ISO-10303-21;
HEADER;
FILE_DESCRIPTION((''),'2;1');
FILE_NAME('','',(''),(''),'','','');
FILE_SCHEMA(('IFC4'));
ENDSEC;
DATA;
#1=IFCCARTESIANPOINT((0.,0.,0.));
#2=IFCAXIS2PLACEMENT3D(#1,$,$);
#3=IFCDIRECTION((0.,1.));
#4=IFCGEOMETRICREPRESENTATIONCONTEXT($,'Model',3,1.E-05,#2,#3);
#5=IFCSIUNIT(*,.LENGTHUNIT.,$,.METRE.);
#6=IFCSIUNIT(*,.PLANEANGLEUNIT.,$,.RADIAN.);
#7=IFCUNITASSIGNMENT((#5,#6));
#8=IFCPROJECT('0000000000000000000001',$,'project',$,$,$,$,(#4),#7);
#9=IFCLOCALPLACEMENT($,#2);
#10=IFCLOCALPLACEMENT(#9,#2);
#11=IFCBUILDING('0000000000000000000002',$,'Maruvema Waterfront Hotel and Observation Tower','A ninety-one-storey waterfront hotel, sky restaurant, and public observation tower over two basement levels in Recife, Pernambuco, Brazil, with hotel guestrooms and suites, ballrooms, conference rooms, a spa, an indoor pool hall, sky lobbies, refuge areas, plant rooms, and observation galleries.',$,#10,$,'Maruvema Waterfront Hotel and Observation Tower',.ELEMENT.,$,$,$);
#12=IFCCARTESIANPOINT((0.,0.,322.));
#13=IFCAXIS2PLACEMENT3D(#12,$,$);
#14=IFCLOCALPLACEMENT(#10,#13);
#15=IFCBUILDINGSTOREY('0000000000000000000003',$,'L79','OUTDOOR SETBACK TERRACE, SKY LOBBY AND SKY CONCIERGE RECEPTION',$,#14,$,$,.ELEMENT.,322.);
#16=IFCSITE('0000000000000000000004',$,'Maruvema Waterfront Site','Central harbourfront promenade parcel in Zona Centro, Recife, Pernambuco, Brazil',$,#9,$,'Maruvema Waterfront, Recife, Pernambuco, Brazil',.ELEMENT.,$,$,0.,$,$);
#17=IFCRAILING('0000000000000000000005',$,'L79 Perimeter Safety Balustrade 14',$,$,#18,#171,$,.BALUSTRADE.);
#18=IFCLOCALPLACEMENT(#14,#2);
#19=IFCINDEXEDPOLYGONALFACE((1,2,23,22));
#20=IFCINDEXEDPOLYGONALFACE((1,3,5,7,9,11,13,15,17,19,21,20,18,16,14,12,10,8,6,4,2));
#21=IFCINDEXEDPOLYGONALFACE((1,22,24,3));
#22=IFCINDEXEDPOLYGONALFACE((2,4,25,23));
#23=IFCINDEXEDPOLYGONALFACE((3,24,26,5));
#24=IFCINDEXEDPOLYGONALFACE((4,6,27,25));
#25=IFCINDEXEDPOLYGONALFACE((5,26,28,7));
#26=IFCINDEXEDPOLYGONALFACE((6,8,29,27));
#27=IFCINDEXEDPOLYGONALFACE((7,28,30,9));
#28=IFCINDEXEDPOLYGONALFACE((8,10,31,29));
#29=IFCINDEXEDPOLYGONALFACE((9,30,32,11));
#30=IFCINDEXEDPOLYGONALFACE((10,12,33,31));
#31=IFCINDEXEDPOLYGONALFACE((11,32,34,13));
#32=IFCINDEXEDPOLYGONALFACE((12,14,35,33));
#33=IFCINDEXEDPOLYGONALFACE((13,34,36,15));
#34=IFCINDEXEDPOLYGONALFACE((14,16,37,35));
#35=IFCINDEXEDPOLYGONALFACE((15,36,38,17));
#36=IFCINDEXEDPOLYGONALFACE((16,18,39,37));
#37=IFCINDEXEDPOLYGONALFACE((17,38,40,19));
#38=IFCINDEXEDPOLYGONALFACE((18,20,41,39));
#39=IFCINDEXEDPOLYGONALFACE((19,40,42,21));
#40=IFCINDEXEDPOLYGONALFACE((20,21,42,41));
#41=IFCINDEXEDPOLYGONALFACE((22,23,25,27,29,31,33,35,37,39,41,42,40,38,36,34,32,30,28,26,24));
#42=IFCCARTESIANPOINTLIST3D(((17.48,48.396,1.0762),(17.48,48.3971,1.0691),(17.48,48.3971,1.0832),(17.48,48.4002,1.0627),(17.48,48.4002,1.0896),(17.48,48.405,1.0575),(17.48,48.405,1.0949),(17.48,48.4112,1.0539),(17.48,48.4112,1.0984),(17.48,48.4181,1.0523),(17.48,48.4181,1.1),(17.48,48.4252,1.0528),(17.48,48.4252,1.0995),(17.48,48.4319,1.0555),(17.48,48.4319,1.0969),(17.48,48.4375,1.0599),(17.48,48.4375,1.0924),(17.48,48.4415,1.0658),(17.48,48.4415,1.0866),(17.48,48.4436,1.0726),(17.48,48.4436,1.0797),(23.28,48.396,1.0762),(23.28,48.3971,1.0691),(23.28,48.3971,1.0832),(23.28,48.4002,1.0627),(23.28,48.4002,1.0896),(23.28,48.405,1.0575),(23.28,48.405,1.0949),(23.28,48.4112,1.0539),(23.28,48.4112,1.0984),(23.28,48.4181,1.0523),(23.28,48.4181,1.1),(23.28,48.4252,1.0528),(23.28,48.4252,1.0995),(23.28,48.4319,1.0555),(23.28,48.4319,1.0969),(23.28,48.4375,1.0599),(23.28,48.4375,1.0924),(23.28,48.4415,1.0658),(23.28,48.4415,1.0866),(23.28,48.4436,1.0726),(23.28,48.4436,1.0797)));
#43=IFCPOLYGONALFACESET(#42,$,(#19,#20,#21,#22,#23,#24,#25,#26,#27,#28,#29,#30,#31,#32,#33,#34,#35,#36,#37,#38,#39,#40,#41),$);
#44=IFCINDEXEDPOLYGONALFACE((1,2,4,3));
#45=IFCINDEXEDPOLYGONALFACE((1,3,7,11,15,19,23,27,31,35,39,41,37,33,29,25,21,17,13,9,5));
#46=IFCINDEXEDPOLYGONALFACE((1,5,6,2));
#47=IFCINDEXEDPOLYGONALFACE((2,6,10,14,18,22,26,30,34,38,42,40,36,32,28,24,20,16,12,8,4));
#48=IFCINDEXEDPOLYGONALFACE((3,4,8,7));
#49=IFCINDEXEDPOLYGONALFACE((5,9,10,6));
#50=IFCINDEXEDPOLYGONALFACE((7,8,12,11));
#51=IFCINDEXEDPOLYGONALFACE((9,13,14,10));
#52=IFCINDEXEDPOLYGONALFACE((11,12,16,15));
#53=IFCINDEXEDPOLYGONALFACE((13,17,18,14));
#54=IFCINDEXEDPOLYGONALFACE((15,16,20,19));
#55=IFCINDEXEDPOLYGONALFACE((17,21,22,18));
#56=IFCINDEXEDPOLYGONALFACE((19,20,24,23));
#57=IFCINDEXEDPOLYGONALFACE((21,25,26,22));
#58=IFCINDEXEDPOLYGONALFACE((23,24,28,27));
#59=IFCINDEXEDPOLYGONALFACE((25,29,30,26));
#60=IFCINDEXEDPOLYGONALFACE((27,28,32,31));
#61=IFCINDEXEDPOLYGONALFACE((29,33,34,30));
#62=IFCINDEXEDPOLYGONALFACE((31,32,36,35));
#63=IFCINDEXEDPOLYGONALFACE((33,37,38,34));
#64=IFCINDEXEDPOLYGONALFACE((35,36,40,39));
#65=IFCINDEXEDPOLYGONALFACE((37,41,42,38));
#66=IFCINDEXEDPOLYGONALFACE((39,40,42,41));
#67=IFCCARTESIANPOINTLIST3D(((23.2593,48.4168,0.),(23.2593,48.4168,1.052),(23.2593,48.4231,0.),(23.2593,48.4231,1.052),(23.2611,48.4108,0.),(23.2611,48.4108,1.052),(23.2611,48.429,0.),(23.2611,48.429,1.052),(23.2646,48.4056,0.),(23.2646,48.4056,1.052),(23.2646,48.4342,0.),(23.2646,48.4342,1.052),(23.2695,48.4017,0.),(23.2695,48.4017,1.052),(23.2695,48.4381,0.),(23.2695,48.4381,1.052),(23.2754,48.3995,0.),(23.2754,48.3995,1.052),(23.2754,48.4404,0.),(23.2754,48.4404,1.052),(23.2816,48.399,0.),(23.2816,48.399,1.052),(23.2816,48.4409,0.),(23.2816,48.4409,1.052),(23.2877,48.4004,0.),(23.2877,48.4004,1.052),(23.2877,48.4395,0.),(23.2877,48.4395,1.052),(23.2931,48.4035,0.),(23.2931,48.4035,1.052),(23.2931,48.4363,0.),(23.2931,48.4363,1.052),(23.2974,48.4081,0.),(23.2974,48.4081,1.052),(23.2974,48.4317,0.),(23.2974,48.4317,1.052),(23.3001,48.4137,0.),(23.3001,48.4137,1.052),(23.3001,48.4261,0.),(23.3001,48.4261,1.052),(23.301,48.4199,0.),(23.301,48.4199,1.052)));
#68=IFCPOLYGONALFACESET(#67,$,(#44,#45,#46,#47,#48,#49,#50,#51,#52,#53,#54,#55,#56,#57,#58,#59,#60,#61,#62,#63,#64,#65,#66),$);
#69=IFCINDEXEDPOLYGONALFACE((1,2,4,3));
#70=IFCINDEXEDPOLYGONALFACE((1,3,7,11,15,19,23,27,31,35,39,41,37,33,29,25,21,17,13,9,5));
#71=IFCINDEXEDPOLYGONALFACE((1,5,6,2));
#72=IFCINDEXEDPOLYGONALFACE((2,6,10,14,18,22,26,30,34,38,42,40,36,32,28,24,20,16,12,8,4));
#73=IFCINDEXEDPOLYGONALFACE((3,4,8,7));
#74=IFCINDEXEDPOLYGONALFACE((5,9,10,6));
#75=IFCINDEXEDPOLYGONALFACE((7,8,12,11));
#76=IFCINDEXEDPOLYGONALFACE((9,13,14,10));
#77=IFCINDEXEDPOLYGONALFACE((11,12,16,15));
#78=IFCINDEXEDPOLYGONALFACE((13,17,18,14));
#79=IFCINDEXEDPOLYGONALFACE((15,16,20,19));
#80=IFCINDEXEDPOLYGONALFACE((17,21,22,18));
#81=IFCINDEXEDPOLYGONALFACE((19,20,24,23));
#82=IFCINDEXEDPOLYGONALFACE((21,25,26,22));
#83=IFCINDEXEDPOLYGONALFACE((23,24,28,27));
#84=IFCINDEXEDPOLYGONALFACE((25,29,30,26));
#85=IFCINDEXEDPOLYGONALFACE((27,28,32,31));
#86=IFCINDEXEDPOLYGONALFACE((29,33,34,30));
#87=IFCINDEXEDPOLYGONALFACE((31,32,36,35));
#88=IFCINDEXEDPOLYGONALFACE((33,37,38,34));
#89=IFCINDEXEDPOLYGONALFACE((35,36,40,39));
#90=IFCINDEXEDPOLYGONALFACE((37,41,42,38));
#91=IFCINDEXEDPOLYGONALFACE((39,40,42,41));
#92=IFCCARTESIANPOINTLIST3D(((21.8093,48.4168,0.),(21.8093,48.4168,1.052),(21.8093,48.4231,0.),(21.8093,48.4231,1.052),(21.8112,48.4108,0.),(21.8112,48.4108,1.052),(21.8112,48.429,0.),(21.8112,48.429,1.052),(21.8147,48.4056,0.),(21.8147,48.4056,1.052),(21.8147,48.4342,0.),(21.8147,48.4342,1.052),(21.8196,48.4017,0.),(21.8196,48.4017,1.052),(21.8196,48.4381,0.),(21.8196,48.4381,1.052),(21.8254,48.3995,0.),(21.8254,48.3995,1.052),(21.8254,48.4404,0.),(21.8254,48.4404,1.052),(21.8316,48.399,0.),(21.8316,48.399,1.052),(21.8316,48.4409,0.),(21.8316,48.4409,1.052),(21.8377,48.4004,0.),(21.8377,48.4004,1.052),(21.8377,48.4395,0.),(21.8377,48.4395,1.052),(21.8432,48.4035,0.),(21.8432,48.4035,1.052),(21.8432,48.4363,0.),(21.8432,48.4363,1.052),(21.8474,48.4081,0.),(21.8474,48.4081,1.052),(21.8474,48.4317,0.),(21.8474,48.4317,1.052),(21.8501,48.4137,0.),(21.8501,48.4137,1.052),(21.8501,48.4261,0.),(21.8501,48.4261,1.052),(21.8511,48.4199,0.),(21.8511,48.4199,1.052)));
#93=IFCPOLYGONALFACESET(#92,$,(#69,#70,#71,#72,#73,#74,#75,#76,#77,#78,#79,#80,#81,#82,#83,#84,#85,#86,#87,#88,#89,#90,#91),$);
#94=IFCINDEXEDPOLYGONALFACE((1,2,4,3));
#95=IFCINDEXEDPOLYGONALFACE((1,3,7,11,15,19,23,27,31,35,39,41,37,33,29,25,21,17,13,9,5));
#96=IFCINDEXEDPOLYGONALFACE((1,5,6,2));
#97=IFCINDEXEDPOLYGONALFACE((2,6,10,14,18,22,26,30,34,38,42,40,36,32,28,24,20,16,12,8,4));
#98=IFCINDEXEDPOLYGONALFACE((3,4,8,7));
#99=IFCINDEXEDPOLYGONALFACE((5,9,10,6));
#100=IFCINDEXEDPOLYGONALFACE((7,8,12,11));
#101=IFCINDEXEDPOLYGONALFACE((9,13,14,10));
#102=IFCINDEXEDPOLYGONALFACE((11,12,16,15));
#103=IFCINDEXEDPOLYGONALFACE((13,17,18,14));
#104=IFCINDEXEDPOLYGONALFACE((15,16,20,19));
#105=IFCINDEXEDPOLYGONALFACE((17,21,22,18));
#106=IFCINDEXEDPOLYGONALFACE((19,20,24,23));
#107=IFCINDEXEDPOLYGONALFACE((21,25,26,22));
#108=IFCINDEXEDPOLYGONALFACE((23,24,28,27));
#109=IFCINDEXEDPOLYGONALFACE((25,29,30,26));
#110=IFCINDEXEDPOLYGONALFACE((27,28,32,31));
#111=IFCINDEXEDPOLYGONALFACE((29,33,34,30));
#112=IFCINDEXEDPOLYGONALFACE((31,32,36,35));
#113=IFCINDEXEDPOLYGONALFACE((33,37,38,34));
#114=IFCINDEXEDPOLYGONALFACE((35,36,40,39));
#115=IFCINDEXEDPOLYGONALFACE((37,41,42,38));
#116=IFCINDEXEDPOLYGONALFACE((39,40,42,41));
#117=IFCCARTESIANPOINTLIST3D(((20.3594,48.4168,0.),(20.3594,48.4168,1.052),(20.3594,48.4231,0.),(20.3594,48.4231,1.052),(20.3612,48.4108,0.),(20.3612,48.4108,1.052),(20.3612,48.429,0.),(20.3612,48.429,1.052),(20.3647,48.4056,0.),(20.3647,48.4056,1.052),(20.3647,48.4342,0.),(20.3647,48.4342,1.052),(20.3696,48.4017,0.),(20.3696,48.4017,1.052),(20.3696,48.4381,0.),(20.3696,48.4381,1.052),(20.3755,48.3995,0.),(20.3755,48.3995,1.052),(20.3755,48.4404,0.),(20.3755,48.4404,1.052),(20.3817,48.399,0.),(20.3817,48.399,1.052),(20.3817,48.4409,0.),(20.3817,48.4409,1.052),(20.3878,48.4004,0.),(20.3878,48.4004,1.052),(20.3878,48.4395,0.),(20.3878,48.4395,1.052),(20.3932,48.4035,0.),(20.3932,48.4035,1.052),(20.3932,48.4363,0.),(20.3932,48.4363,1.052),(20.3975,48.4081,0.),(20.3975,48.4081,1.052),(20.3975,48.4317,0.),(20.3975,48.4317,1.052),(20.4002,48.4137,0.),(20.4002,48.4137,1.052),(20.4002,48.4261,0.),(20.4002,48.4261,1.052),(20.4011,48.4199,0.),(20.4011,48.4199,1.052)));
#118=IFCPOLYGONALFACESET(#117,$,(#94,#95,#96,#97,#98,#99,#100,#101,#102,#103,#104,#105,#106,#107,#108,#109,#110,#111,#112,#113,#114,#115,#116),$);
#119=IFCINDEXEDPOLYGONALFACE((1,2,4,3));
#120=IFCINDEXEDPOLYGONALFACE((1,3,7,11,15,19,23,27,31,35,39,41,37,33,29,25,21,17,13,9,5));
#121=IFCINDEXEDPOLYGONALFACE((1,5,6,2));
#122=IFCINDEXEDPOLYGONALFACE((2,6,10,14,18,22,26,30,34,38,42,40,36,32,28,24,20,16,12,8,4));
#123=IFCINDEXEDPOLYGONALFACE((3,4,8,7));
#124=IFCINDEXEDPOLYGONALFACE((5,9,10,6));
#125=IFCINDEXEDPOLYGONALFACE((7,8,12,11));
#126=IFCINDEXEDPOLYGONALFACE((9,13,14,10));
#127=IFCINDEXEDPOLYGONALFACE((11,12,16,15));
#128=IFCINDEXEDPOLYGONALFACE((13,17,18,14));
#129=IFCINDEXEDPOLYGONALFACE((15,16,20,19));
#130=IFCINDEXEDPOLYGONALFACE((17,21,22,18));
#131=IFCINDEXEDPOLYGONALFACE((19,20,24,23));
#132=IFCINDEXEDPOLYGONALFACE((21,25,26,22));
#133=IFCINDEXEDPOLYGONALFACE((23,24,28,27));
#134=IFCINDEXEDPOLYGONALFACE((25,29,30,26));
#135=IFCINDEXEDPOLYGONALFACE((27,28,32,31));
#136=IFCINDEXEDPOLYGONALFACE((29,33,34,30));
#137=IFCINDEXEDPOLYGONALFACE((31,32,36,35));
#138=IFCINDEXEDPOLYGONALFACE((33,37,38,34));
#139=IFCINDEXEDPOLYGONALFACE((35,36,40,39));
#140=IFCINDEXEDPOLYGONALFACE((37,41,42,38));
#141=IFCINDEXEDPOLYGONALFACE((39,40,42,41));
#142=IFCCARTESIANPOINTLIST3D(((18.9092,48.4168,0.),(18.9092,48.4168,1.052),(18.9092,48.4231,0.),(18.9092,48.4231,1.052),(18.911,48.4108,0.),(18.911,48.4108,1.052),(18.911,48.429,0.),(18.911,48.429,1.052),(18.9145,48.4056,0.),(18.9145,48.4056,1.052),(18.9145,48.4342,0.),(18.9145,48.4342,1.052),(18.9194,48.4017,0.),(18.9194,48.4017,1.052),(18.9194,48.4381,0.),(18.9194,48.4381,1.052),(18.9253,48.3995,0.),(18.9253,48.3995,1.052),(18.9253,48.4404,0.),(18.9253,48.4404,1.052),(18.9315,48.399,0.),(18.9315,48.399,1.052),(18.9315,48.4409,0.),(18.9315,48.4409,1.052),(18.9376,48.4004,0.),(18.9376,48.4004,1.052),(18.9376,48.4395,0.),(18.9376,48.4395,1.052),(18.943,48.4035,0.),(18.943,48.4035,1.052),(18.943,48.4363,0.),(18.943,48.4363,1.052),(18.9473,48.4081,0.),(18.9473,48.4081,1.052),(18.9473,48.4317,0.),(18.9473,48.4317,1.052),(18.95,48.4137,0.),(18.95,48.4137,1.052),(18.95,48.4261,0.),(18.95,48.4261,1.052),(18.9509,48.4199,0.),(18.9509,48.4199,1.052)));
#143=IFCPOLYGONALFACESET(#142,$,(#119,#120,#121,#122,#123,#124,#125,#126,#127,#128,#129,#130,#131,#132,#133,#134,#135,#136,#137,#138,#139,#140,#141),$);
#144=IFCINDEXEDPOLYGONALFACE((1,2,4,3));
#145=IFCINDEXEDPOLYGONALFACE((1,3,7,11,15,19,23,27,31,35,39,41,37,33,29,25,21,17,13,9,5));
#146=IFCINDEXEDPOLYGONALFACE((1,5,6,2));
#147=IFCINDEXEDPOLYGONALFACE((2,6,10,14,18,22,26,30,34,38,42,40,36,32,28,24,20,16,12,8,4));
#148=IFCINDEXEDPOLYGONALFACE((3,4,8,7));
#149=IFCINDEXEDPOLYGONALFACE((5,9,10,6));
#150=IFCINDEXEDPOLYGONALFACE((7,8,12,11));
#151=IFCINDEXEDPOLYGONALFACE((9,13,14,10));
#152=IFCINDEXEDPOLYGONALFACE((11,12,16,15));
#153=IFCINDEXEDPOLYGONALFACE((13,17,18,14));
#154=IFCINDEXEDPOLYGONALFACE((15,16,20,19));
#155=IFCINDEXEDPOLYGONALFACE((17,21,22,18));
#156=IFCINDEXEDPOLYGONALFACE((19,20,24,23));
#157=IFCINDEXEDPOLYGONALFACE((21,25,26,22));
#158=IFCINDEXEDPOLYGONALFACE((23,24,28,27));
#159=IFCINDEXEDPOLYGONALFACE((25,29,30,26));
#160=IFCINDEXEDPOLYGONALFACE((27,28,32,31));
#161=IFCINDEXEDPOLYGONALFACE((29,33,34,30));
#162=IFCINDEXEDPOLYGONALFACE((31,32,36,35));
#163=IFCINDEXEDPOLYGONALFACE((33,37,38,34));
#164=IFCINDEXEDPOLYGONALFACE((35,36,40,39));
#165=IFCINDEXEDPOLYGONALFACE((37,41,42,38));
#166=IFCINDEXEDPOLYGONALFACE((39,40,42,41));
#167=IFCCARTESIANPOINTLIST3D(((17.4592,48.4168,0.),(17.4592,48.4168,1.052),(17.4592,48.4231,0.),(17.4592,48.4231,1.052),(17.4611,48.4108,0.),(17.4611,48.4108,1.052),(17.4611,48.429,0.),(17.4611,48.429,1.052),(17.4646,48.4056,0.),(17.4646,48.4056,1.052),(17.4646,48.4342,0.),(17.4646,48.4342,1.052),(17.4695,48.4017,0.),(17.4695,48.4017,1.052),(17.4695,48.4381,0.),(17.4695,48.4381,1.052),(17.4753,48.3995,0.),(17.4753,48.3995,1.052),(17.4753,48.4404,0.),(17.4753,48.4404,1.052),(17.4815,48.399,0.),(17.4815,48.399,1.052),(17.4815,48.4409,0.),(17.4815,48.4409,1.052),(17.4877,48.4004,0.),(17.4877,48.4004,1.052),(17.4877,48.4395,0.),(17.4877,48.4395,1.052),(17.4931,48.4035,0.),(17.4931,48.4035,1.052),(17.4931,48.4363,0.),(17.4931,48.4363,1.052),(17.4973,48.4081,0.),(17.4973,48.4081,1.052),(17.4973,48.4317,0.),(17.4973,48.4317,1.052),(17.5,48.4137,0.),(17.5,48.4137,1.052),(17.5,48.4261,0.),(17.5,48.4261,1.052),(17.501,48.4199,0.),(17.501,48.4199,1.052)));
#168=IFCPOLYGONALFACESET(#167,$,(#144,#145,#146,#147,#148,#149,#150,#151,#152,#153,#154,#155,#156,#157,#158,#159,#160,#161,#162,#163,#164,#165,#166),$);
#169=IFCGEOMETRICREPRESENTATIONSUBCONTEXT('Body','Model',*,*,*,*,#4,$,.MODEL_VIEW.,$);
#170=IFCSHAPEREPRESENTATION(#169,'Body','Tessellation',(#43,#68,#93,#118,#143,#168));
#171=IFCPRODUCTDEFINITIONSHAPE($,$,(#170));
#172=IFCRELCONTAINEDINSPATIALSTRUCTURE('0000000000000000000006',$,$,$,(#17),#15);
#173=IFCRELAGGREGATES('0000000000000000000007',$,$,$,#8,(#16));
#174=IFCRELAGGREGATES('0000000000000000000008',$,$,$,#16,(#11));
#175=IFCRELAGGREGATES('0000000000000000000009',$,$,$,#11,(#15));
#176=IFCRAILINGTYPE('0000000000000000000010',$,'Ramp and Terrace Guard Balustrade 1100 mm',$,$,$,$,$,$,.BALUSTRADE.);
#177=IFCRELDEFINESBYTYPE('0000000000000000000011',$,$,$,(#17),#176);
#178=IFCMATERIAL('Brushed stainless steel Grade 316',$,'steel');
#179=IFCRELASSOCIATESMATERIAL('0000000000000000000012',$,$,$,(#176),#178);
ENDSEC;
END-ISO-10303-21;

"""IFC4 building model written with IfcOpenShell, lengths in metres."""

from ifc_helpers import new_model, si_unit, direction, frame, origin, origin_2d, place, context, subcontext, project, spatial, circle, extrude, material, type_object, element, save


model = new_model("IFC4")

# Units and contexts
model_context = context("Model", 3, precision=1e-05, world=origin(), true_north=direction((0.0, 1.0)))
body_context = subcontext(model_context, "Body", "Model", "MODEL_VIEW")
ifc_project = project(units=[si_unit("LENGTHUNIT", "METRE"), si_unit("PLANEANGLEUNIT", "RADIAN")], contexts=[model_context])

# Site, building, storey
site_placement = place(None, origin())
site = spatial("IfcSite", under=ifc_project, at=site_placement, Name="Maruvema Waterfront Site", Description="Central harbourfront promenade parcel in Zona Centro, Recife, Pernambuco, Brazil", LongName="Maruvema Waterfront, Recife, Pernambuco, Brazil", CompositionType="ELEMENT", RefElevation=0.0)
building_placement = place(site_placement, origin())
building = spatial("IfcBuilding", under=site, at=building_placement, Name="Maruvema Waterfront Hotel and Observation Tower", Description="A ninety-one-storey waterfront hotel, sky restaurant, and public observation tower over two basement levels in Recife, Pernambuco, Brazil, with hotel guestrooms and suites, ballrooms, conference rooms, a spa, an indoor pool hall, sky lobbies, refuge areas, plant rooms, and observation galleries.", LongName="Maruvema Waterfront Hotel and Observation Tower", CompositionType="ELEMENT")
storey_placement = place(building_placement, frame((0.0, 0.0, 322.0)))
storey = spatial("IfcBuildingStorey", under=building, at=storey_placement, Name="L79", Description="OUTDOOR SETBACK TERRACE, SKY LOBBY AND SKY CONCIERGE RECEPTION", CompositionType="ELEMENT", Elevation=322.0)

# Railing
ifc_material_1 = material(Name="Brushed stainless steel Grade 316", Category="steel")
railing_type = type_object("IfcRailingType", Name="Ramp and Terrace Guard Balustrade 1100 mm", PredefinedType="BALUSTRADE", material=ifc_material_1)
railing_1_placement = place(storey_placement, frame((23.28, 48.4199, 0.0)))
element("IfcRailing", 1, at=railing_1_placement, inside=storey, type_object=railing_type, Name="L79 Perimeter Safety Balustrade 14", PredefinedType="BALUSTRADE", context=body_context, shape_type="SweptSolid", body=[
    extrude(circle(Radius=0.0239, at=origin_2d()), frame((0.0, 0.0, 1.0762), z_axis=(-1.0, 0.0, 0.0), x_axis=(0.0, -1.0, 0.0)), (0.0, 0.0, 1.0), 5.8),
    extrude(circle(Radius=0.021, at=origin_2d()), origin(), (0.0, 0.0, 1.0), 1.052),
    extrude(circle(Radius=0.021, at=origin_2d()), frame((-1.45, 0.0, 0.0)), (0.0, 0.0, 1.0), 1.052),
    extrude(circle(Radius=0.021, at=origin_2d()), frame((-2.8999, 0.0, 0.0)), (0.0, 0.0, 1.0), 1.052),
    extrude(circle(Radius=0.021, at=origin_2d()), frame((-4.3501, 0.0, 0.0)), (0.0, 0.0, 1.0), 1.052),
    extrude(circle(Radius=0.021, at=origin_2d()), frame((-5.8, 0.0, 0.0)), (0.0, 0.0, 1.0), 1.052),
])

save(model, "model.ifc")
